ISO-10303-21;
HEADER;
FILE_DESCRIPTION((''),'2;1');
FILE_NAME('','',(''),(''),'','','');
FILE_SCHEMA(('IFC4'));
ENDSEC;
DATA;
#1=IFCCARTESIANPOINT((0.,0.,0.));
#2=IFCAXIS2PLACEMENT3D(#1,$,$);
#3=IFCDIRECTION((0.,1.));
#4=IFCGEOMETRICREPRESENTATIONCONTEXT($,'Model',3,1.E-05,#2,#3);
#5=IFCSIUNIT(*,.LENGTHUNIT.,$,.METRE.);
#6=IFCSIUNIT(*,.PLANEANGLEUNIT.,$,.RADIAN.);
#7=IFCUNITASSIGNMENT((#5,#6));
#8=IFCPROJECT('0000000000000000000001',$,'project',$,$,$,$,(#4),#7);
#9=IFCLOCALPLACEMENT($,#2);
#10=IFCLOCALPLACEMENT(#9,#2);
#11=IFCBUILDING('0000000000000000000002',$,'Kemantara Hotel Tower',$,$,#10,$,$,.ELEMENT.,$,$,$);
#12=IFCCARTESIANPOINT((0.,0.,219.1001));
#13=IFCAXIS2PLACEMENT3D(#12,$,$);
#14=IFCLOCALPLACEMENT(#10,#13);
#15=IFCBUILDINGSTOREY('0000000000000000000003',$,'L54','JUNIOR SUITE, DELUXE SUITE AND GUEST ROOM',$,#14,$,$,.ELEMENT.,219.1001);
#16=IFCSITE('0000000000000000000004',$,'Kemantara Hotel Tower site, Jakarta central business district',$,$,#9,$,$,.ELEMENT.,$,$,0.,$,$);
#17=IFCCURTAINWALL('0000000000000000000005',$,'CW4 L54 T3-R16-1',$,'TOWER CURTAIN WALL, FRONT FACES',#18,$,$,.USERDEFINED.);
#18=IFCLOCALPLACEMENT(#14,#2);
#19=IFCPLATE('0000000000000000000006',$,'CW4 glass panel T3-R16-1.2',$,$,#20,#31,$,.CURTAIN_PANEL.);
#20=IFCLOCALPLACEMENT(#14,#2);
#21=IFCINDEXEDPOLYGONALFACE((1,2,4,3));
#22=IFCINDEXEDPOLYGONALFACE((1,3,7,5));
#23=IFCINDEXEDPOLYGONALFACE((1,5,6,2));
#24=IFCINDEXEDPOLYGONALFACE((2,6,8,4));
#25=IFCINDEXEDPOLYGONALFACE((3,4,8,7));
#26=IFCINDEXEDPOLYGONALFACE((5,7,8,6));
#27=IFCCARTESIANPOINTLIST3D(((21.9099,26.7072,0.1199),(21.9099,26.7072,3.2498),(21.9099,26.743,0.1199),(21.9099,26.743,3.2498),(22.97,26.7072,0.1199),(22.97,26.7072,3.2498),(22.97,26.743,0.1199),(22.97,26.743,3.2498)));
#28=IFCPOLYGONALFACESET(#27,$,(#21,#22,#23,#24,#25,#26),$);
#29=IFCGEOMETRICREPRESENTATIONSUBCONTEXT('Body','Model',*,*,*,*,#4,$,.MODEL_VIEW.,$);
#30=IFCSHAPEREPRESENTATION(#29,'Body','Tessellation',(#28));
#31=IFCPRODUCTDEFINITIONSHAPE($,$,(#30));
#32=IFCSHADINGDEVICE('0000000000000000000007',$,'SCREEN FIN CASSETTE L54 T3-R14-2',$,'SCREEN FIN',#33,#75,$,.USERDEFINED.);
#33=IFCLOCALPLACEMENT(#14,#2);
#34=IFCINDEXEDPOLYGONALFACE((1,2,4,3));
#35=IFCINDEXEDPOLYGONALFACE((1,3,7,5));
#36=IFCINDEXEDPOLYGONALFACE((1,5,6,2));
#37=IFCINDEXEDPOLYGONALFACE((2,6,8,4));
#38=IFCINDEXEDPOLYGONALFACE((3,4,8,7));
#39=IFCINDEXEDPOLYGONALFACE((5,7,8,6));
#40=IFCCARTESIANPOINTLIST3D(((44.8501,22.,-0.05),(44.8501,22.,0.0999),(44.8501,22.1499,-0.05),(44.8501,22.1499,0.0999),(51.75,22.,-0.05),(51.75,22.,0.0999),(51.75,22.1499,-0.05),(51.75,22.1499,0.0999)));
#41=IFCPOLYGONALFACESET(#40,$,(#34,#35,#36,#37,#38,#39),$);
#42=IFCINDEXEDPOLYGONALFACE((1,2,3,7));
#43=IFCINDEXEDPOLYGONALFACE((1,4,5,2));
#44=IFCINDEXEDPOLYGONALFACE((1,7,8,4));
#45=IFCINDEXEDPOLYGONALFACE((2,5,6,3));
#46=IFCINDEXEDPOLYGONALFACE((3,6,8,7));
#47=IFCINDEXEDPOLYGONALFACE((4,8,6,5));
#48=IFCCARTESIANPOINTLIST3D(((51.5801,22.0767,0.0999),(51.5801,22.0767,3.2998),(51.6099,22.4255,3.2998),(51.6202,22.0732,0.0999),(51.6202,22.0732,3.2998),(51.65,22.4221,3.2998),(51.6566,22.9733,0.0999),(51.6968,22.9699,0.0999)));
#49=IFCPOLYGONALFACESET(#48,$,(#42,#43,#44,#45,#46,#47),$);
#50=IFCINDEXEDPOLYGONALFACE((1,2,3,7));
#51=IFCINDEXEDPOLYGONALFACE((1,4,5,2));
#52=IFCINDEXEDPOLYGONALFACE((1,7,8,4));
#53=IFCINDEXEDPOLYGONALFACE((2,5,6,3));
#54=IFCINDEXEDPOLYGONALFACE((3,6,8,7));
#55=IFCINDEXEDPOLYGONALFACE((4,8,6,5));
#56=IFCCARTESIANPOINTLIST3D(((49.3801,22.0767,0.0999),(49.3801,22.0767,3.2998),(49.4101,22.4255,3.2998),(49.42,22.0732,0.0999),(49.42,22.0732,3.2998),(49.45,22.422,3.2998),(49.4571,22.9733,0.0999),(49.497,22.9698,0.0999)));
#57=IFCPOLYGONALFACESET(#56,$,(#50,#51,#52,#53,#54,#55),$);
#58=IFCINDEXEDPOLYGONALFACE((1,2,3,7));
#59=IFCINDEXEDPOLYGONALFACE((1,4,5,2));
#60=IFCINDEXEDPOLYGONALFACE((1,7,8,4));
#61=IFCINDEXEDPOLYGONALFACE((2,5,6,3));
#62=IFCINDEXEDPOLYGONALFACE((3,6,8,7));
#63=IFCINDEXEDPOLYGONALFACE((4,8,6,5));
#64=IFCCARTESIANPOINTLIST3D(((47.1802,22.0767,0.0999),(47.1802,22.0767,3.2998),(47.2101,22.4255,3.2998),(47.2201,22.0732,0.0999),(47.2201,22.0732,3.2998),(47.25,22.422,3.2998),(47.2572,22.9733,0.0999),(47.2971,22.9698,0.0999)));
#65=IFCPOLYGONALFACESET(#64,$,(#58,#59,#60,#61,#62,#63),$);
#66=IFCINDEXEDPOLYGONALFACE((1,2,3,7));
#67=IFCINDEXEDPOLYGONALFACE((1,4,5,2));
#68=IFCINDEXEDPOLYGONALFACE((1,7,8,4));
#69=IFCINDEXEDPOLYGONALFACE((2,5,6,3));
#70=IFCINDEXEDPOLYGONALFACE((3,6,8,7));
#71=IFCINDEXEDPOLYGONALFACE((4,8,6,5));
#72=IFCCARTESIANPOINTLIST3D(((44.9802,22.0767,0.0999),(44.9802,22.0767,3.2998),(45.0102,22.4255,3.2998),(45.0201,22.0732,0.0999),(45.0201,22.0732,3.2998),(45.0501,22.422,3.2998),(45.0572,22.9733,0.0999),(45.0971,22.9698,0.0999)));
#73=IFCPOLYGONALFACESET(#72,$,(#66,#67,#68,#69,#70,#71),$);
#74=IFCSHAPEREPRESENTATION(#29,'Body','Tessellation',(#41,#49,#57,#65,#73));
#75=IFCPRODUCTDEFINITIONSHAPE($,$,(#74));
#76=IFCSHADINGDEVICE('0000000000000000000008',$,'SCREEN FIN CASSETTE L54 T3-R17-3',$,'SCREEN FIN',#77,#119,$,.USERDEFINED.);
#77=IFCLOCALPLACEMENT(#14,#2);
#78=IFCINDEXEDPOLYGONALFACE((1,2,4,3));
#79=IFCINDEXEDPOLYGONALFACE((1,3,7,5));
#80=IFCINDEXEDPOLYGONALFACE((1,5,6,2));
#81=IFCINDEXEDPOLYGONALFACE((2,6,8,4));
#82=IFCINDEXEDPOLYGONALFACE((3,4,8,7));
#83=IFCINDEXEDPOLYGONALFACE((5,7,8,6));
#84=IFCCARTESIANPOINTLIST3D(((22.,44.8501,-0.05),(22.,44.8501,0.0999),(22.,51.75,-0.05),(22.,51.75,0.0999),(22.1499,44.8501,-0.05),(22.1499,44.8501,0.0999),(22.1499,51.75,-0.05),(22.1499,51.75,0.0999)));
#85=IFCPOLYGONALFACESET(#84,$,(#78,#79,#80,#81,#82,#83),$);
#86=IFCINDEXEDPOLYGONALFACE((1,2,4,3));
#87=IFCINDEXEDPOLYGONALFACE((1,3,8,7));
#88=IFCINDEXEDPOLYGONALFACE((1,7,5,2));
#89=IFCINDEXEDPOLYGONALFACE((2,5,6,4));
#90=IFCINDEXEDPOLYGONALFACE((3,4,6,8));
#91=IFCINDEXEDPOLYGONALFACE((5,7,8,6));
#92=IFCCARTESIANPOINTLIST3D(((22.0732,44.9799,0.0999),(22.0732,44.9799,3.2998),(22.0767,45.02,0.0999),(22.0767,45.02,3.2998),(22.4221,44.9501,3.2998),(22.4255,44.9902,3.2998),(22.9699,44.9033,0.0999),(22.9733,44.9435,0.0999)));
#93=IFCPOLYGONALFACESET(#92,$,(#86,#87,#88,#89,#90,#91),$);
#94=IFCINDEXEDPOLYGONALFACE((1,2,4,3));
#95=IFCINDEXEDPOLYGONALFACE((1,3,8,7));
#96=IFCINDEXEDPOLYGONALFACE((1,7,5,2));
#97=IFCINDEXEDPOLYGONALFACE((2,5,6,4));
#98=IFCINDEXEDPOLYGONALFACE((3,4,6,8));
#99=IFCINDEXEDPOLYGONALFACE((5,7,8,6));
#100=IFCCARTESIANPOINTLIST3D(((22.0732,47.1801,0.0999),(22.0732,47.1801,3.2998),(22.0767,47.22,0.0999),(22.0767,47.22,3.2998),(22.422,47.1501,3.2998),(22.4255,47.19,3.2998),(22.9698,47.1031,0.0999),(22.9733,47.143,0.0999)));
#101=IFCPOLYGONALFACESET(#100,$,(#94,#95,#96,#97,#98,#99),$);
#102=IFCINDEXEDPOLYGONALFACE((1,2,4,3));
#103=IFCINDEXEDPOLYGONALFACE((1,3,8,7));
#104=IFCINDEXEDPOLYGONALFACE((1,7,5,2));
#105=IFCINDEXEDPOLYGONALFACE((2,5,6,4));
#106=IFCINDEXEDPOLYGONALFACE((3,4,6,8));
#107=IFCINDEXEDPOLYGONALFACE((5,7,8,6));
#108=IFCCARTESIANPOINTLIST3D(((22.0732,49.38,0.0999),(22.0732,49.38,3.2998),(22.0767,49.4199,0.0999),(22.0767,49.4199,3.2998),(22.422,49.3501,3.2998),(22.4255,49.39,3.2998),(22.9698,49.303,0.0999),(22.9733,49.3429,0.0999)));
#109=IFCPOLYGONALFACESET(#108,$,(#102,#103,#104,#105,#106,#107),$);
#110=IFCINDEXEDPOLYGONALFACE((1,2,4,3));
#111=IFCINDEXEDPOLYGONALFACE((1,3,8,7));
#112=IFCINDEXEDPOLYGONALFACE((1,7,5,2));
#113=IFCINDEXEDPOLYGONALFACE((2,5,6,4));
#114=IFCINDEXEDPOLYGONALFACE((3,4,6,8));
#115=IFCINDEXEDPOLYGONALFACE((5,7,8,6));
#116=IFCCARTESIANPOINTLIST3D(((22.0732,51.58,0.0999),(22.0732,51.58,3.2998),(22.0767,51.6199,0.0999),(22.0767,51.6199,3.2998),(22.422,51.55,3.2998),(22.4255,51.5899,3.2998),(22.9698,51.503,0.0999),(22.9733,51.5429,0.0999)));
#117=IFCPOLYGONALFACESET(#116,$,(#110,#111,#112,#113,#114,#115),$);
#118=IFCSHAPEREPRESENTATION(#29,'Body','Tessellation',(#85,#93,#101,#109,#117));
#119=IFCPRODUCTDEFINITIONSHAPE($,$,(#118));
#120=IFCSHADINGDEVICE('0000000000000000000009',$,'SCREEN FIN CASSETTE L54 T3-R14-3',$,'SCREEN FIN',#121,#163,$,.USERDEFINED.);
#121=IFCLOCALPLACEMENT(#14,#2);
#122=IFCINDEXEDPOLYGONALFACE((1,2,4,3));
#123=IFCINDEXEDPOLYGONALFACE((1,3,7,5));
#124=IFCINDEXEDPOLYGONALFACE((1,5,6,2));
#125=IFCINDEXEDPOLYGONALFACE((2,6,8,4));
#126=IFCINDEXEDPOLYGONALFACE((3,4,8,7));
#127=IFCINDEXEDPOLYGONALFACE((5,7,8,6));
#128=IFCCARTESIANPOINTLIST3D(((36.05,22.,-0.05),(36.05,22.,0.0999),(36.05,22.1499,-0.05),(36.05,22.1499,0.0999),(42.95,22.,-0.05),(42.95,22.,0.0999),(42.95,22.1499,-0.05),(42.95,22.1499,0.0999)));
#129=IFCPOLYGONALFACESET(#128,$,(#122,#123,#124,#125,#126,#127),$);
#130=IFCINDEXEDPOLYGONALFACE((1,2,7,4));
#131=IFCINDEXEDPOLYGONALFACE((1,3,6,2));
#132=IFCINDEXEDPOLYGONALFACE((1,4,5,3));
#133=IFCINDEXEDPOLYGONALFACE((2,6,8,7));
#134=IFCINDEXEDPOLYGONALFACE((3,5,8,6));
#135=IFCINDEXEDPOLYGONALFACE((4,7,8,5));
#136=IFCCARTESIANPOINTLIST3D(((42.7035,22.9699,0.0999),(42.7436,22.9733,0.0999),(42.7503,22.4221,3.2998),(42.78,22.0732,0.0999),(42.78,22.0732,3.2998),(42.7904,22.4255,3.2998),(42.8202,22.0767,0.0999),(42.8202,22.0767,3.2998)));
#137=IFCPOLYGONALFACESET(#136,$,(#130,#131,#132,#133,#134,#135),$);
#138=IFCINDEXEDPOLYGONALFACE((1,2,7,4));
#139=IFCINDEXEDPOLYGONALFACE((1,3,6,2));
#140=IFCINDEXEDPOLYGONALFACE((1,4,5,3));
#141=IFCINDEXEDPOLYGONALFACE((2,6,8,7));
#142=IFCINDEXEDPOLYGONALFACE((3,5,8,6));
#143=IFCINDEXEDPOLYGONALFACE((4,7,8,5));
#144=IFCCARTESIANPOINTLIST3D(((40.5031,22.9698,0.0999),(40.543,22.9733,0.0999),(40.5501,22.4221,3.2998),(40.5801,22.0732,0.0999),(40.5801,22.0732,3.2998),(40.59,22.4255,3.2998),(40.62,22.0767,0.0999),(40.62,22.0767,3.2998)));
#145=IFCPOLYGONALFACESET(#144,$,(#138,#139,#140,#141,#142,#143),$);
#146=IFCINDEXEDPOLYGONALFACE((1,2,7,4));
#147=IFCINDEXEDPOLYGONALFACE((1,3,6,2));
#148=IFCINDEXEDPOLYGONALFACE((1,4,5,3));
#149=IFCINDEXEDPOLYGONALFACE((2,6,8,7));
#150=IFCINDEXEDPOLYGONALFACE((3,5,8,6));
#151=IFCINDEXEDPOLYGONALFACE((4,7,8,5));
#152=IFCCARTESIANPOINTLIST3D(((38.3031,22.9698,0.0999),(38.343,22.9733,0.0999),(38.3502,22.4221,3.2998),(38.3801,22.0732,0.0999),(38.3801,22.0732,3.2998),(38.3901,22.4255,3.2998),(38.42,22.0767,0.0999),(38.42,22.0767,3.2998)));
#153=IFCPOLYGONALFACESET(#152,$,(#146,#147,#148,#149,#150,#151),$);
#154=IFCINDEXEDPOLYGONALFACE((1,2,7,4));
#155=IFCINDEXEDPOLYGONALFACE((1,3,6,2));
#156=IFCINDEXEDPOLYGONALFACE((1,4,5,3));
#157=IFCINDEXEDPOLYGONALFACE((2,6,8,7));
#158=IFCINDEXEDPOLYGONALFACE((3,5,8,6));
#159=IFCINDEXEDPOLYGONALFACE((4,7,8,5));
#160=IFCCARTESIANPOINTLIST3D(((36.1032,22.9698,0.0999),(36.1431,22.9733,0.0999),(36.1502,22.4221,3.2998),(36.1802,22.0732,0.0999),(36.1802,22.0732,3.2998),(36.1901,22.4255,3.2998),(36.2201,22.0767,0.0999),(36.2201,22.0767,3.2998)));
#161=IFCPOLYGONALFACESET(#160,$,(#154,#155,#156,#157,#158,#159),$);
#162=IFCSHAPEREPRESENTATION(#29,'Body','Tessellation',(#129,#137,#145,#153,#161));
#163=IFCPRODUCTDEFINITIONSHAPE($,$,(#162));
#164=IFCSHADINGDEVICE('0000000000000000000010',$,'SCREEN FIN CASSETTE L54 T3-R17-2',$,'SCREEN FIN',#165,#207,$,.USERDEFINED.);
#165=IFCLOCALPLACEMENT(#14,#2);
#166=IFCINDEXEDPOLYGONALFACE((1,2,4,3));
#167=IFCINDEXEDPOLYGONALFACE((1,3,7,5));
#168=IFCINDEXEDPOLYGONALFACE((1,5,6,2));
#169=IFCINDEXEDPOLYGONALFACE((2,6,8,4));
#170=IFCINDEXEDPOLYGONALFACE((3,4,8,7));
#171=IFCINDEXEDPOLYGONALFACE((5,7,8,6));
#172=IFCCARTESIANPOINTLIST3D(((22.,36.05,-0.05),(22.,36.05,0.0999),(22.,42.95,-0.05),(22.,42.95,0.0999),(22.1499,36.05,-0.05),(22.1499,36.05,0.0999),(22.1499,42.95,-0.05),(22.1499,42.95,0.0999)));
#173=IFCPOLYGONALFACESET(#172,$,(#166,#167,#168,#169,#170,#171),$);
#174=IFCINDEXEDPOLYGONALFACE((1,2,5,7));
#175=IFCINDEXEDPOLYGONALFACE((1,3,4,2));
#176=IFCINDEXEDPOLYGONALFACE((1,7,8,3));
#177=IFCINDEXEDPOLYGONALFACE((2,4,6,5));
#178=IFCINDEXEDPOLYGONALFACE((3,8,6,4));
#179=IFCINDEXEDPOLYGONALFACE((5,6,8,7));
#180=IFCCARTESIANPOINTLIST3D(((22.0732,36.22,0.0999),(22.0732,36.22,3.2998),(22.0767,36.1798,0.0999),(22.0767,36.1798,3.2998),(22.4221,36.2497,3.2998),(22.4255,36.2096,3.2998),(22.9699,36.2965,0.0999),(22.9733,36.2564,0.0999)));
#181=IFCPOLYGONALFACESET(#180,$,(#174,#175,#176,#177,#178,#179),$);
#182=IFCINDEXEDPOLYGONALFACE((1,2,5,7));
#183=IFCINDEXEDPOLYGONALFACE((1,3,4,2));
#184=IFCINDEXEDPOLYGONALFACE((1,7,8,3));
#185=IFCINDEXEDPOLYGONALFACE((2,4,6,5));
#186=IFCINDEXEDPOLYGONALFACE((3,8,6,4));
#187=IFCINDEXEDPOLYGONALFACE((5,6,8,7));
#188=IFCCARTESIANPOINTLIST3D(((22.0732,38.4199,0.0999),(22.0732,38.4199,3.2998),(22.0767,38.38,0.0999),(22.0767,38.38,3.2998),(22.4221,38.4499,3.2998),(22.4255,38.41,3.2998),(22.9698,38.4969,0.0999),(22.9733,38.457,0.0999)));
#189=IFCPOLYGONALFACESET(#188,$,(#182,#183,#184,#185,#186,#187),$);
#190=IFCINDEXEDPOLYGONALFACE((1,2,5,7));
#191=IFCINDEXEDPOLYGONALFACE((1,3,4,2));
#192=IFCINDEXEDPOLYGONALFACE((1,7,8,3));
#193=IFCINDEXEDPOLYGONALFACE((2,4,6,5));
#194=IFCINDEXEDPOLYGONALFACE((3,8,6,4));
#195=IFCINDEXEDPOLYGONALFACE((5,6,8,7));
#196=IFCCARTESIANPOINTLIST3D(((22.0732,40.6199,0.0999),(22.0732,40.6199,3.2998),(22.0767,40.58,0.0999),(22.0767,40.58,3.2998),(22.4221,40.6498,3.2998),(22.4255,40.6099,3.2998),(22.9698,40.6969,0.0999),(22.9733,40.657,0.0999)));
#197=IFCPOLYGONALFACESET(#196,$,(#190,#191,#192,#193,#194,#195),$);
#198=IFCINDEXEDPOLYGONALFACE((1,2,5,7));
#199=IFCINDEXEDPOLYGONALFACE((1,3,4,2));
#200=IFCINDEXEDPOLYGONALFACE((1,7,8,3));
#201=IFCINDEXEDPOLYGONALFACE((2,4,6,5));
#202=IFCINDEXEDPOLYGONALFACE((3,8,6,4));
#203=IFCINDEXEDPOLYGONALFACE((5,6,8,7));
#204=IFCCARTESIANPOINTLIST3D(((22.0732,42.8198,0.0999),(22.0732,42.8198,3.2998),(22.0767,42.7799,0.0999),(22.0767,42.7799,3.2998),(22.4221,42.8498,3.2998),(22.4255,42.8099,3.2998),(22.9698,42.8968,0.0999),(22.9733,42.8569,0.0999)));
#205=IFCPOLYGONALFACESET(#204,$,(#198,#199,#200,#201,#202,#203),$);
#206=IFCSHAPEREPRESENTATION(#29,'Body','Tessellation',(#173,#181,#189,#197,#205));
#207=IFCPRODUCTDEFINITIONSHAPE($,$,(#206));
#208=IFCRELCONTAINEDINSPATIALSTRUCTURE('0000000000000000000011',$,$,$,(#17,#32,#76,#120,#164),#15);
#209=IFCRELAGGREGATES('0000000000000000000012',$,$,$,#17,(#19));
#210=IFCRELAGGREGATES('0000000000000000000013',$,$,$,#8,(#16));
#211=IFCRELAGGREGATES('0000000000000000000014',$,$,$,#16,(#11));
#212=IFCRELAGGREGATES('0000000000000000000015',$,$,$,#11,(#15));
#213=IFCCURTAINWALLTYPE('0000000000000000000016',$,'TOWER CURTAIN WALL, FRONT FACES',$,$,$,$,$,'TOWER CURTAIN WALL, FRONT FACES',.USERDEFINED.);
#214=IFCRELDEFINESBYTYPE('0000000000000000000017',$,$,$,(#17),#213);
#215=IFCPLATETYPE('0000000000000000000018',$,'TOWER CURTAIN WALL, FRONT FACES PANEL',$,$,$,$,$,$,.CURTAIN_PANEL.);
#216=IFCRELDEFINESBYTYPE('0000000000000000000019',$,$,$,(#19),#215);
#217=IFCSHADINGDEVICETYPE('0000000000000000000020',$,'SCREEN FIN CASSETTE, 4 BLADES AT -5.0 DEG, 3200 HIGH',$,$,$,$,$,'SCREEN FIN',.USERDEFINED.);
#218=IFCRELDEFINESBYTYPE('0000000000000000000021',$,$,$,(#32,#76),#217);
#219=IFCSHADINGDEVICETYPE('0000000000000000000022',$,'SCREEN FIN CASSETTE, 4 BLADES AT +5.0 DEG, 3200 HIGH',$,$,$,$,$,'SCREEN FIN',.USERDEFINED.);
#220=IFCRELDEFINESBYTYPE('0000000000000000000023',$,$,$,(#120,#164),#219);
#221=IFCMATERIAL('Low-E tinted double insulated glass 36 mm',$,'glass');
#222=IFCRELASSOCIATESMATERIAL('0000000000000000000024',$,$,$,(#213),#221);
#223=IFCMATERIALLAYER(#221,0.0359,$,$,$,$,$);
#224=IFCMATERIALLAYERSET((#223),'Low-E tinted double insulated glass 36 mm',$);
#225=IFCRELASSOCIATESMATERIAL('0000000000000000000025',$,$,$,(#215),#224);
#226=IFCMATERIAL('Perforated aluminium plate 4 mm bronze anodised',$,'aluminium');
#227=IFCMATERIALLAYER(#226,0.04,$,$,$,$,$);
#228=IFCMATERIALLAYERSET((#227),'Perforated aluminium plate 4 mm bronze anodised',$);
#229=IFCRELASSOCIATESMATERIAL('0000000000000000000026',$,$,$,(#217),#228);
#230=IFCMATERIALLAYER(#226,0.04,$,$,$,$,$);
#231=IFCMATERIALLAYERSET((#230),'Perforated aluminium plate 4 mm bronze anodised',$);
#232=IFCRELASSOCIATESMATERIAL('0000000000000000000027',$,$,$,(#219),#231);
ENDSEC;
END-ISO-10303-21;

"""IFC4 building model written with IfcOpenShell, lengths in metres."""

from ifc_helpers import new_model, si_unit, direction, frame, origin, origin_2d, place, context, subcontext, project, spatial, polyline, rectangle, outline, extrude, source, transform, mapped, material, layer, layer_set, type_object, element, aggregate, save


model = new_model("IFC4")

# Units and contexts
model_context = context("Model", 3, precision=1e-05, world=origin(), true_north=direction((0.0, 1.0)))
body_context = subcontext(model_context, "Body", "Model", "MODEL_VIEW")
ifc_project = project(units=[si_unit("LENGTHUNIT", "METRE"), si_unit("PLANEANGLEUNIT", "RADIAN")], contexts=[model_context])

# Site, building, storey
site_placement = place(None, origin())
site = spatial("IfcSite", under=ifc_project, at=site_placement, Name="Kemantara Hotel Tower site, Jakarta central business district", CompositionType="ELEMENT", RefElevation=0.0)
building_placement = place(site_placement, origin())
building = spatial("IfcBuilding", under=site, at=building_placement, Name="Kemantara Hotel Tower", CompositionType="ELEMENT")
storey_placement = place(building_placement, frame((0.0, 0.0, 219.1001)))
storey = spatial("IfcBuildingStorey", under=building, at=storey_placement, Name="L54", Description="JUNIOR SUITE, DELUXE SUITE AND GUEST ROOM", CompositionType="ELEMENT", Elevation=219.1001)

# Curtain wall
ifc_material_1 = material(Name="Low-E tinted double insulated glass 36 mm", Category="glass")
curtain_wall_type = type_object("IfcCurtainWallType", Name="TOWER CURTAIN WALL, FRONT FACES", ElementType="TOWER CURTAIN WALL, FRONT FACES", PredefinedType="USERDEFINED", material=ifc_material_1)
curtain_wall_1_placement = place(storey_placement, origin())
curtain_wall_1 = element("IfcCurtainWall", 1, at=curtain_wall_1_placement, inside=storey, type_object=curtain_wall_type, Name="CW4 L54 T3-R16-1", ObjectType="TOWER CURTAIN WALL, FRONT FACES", PredefinedType="USERDEFINED")

# Shared definitions
ifc_layer_1 = layer(ifc_material_1, 0.0359)
ifc_layer_set_1 = layer_set([ifc_layer_1], Name="Low-E tinted double insulated glass 36 mm")
plate_type = type_object("IfcPlateType", Name="TOWER CURTAIN WALL, FRONT FACES PANEL", PredefinedType="CURTAIN_PANEL", material=ifc_layer_set_1)

# Plate
shared_shape_1 = source(origin(), body_context, "Body", "SweptSolid", [
    extrude(rectangle(XDim=1.0601, YDim=0.0359, at=origin_2d()), origin(), (0.0, 0.0, 1.0), 3.1299),
])
plate_1_placement = place(storey_placement, frame((22.4399, 26.7251, 0.1199), z_axis=(0.0, 0.0, 1.0), x_axis=(-1.0, 0.0, 0.0)))
plate_1 = element("IfcPlate", 2, at=plate_1_placement, type_object=plate_type, Name="CW4 glass panel T3-R16-1.2", PredefinedType="CURTAIN_PANEL", context=body_context, shape_type="MappedRepresentation", body=[
    mapped(shared_shape_1, transform((0.0, 0.0, 0.0))),
])
aggregate(curtain_wall_1, [plate_1])

# Shading devices
ifc_material_2 = material(Name="Perforated aluminium plate 4 mm bronze anodised", Category="aluminium")
ifc_layer_2 = layer(ifc_material_2, 0.04)
ifc_layer_set_2 = layer_set([ifc_layer_2], Name="Perforated aluminium plate 4 mm bronze anodised")
shading_device_type_1 = type_object("IfcShadingDeviceType", Name="SCREEN FIN CASSETTE, 4 BLADES AT -5.0 DEG, 3200 HIGH", ElementType="SCREEN FIN", PredefinedType="USERDEFINED", material=ifc_layer_set_2)
shared_shape_2 = source(origin(), body_context, "Body", "SweptSolid", [
    extrude(rectangle(XDim=6.8999, YDim=0.1499, at=origin_2d()), frame((3.3, -0.075, -0.1499), z_axis=(0.0, 0.0, 1.0), x_axis=(1.0, 0.0, 0.0)), (0.0, 0.0, 1.0), 0.1499),
    extrude(outline(polyline([(0.0, 0.0), (0.8999, 0.0), (0.3501, 3.2), (0.0, 3.2), (0.0, 0.0)])), frame((0.02, -0.0767, 0.0), z_axis=(-0.996376, 0.085056, 0.0), x_axis=(-0.085056, -0.996376, 0.0)), (0.0, 0.0, 1.0), 0.0403),
    extrude(outline(polyline([(0.0, 0.0), (0.8999, 0.0), (0.3501, 3.2), (0.0, 3.2), (0.0, 0.0)])), frame((2.22, -0.0767, 0.0), z_axis=(-0.996332, 0.085575, 0.0), x_axis=(-0.085575, -0.996332, 0.0)), (0.0, 0.0, 1.0), 0.04),
    extrude(outline(polyline([(0.0, 0.0), (0.8999, 0.0), (0.3501, 3.2), (0.0, 3.2), (0.0, 0.0)])), frame((4.4199, -0.0767, 0.0), z_axis=(-0.996332, 0.085575, 0.0), x_axis=(-0.085575, -0.996332, 0.0)), (0.0, 0.0, 1.0), 0.04),
    extrude(outline(polyline([(0.0, 0.0), (0.8999, 0.0), (0.3501, 3.2), (0.0, 3.2), (0.0, 0.0)])), frame((6.6199, -0.0767, 0.0), z_axis=(-0.996332, 0.085575, 0.0), x_axis=(-0.085575, -0.996332, 0.0)), (0.0, 0.0, 1.0), 0.04),
])
for number, where, z_axis, x_axis, name in (
    (3, (51.6001, 22.0, 0.0999), (0.0, 0.0, 1.0), (-1.0, 0.0, 0.0), "SCREEN FIN CASSETTE L54 T3-R14-2"),
    (4, (22.0, 45.0, 0.0999), (0.0, 0.0, 1.0), (0.0, 1.0, 0.0), "SCREEN FIN CASSETTE L54 T3-R17-3"),
):
    element("IfcShadingDevice", number, at=place(storey_placement, frame(where, z_axis=z_axis, x_axis=x_axis)), inside=storey, type_object=shading_device_type_1, Name=name, ObjectType="SCREEN FIN", PredefinedType="USERDEFINED", context=body_context, shape_type="MappedRepresentation", body=[
        mapped(shared_shape_2, transform((0.0, 0.0, 0.0))),
    ])
ifc_layer_3 = layer(ifc_material_2, 0.04)
ifc_layer_set_3 = layer_set([ifc_layer_3], Name="Perforated aluminium plate 4 mm bronze anodised")
shading_device_type_2 = type_object("IfcShadingDeviceType", Name="SCREEN FIN CASSETTE, 4 BLADES AT +5.0 DEG, 3200 HIGH", ElementType="SCREEN FIN", PredefinedType="USERDEFINED", material=ifc_layer_set_3)
shared_shape_3 = source(origin(), body_context, "Body", "SweptSolid", [
    extrude(rectangle(XDim=6.8999, YDim=0.1499, at=origin_2d()), frame((3.3, -0.075, -0.1499), z_axis=(0.0, 0.0, 1.0), x_axis=(1.0, 0.0, 0.0)), (0.0, 0.0, 1.0), 0.1499),
    extrude(outline(polyline([(0.0, 0.0), (0.8999, 0.0), (0.3501, 3.2), (0.0, 3.2), (0.0, 0.0)])), frame((0.02, -0.0732, 0.0), z_axis=(-0.996376, -0.085056, 0.0), x_axis=(0.085056, -0.996376, 0.0)), (0.0, 0.0, 1.0), 0.0403),
    extrude(outline(polyline([(0.0, 0.0), (0.8999, 0.0), (0.3501, 3.2), (0.0, 3.2), (0.0, 0.0)])), frame((2.22, -0.0732, 0.0), z_axis=(-0.996332, -0.085575, 0.0), x_axis=(0.085575, -0.996332, 0.0)), (0.0, 0.0, 1.0), 0.04),
    extrude(outline(polyline([(0.0, 0.0), (0.8999, 0.0), (0.3501, 3.2), (0.0, 3.2), (0.0, 0.0)])), frame((4.4199, -0.0732, 0.0), z_axis=(-0.996332, -0.085575, 0.0), x_axis=(0.085575, -0.996332, 0.0)), (0.0, 0.0, 1.0), 0.04),
    extrude(outline(polyline([(0.0, 0.0), (0.8999, 0.0), (0.3501, 3.2), (0.0, 3.2), (0.0, 0.0)])), frame((6.6199, -0.0732, 0.0), z_axis=(-0.996332, -0.085575, 0.0), x_axis=(0.085575, -0.996332, 0.0)), (0.0, 0.0, 1.0), 0.04),
])
for number, where, z_axis, x_axis, name in (
    (5, (42.8, 22.0, 0.0999), (0.0, 0.0, 1.0), (-1.0, 0.0, 0.0), "SCREEN FIN CASSETTE L54 T3-R14-3"),
    (6, (22.0, 36.2, 0.0999), (0.0, 0.0, 1.0), (0.0, 1.0, 0.0), "SCREEN FIN CASSETTE L54 T3-R17-2"),
):
    element("IfcShadingDevice", number, at=place(storey_placement, frame(where, z_axis=z_axis, x_axis=x_axis)), inside=storey, type_object=shading_device_type_2, Name=name, ObjectType="SCREEN FIN", PredefinedType="USERDEFINED", context=body_context, shape_type="MappedRepresentation", body=[
        mapped(shared_shape_3, transform((0.0, 0.0, 0.0))),
    ])

save(model, "model.ifc")
